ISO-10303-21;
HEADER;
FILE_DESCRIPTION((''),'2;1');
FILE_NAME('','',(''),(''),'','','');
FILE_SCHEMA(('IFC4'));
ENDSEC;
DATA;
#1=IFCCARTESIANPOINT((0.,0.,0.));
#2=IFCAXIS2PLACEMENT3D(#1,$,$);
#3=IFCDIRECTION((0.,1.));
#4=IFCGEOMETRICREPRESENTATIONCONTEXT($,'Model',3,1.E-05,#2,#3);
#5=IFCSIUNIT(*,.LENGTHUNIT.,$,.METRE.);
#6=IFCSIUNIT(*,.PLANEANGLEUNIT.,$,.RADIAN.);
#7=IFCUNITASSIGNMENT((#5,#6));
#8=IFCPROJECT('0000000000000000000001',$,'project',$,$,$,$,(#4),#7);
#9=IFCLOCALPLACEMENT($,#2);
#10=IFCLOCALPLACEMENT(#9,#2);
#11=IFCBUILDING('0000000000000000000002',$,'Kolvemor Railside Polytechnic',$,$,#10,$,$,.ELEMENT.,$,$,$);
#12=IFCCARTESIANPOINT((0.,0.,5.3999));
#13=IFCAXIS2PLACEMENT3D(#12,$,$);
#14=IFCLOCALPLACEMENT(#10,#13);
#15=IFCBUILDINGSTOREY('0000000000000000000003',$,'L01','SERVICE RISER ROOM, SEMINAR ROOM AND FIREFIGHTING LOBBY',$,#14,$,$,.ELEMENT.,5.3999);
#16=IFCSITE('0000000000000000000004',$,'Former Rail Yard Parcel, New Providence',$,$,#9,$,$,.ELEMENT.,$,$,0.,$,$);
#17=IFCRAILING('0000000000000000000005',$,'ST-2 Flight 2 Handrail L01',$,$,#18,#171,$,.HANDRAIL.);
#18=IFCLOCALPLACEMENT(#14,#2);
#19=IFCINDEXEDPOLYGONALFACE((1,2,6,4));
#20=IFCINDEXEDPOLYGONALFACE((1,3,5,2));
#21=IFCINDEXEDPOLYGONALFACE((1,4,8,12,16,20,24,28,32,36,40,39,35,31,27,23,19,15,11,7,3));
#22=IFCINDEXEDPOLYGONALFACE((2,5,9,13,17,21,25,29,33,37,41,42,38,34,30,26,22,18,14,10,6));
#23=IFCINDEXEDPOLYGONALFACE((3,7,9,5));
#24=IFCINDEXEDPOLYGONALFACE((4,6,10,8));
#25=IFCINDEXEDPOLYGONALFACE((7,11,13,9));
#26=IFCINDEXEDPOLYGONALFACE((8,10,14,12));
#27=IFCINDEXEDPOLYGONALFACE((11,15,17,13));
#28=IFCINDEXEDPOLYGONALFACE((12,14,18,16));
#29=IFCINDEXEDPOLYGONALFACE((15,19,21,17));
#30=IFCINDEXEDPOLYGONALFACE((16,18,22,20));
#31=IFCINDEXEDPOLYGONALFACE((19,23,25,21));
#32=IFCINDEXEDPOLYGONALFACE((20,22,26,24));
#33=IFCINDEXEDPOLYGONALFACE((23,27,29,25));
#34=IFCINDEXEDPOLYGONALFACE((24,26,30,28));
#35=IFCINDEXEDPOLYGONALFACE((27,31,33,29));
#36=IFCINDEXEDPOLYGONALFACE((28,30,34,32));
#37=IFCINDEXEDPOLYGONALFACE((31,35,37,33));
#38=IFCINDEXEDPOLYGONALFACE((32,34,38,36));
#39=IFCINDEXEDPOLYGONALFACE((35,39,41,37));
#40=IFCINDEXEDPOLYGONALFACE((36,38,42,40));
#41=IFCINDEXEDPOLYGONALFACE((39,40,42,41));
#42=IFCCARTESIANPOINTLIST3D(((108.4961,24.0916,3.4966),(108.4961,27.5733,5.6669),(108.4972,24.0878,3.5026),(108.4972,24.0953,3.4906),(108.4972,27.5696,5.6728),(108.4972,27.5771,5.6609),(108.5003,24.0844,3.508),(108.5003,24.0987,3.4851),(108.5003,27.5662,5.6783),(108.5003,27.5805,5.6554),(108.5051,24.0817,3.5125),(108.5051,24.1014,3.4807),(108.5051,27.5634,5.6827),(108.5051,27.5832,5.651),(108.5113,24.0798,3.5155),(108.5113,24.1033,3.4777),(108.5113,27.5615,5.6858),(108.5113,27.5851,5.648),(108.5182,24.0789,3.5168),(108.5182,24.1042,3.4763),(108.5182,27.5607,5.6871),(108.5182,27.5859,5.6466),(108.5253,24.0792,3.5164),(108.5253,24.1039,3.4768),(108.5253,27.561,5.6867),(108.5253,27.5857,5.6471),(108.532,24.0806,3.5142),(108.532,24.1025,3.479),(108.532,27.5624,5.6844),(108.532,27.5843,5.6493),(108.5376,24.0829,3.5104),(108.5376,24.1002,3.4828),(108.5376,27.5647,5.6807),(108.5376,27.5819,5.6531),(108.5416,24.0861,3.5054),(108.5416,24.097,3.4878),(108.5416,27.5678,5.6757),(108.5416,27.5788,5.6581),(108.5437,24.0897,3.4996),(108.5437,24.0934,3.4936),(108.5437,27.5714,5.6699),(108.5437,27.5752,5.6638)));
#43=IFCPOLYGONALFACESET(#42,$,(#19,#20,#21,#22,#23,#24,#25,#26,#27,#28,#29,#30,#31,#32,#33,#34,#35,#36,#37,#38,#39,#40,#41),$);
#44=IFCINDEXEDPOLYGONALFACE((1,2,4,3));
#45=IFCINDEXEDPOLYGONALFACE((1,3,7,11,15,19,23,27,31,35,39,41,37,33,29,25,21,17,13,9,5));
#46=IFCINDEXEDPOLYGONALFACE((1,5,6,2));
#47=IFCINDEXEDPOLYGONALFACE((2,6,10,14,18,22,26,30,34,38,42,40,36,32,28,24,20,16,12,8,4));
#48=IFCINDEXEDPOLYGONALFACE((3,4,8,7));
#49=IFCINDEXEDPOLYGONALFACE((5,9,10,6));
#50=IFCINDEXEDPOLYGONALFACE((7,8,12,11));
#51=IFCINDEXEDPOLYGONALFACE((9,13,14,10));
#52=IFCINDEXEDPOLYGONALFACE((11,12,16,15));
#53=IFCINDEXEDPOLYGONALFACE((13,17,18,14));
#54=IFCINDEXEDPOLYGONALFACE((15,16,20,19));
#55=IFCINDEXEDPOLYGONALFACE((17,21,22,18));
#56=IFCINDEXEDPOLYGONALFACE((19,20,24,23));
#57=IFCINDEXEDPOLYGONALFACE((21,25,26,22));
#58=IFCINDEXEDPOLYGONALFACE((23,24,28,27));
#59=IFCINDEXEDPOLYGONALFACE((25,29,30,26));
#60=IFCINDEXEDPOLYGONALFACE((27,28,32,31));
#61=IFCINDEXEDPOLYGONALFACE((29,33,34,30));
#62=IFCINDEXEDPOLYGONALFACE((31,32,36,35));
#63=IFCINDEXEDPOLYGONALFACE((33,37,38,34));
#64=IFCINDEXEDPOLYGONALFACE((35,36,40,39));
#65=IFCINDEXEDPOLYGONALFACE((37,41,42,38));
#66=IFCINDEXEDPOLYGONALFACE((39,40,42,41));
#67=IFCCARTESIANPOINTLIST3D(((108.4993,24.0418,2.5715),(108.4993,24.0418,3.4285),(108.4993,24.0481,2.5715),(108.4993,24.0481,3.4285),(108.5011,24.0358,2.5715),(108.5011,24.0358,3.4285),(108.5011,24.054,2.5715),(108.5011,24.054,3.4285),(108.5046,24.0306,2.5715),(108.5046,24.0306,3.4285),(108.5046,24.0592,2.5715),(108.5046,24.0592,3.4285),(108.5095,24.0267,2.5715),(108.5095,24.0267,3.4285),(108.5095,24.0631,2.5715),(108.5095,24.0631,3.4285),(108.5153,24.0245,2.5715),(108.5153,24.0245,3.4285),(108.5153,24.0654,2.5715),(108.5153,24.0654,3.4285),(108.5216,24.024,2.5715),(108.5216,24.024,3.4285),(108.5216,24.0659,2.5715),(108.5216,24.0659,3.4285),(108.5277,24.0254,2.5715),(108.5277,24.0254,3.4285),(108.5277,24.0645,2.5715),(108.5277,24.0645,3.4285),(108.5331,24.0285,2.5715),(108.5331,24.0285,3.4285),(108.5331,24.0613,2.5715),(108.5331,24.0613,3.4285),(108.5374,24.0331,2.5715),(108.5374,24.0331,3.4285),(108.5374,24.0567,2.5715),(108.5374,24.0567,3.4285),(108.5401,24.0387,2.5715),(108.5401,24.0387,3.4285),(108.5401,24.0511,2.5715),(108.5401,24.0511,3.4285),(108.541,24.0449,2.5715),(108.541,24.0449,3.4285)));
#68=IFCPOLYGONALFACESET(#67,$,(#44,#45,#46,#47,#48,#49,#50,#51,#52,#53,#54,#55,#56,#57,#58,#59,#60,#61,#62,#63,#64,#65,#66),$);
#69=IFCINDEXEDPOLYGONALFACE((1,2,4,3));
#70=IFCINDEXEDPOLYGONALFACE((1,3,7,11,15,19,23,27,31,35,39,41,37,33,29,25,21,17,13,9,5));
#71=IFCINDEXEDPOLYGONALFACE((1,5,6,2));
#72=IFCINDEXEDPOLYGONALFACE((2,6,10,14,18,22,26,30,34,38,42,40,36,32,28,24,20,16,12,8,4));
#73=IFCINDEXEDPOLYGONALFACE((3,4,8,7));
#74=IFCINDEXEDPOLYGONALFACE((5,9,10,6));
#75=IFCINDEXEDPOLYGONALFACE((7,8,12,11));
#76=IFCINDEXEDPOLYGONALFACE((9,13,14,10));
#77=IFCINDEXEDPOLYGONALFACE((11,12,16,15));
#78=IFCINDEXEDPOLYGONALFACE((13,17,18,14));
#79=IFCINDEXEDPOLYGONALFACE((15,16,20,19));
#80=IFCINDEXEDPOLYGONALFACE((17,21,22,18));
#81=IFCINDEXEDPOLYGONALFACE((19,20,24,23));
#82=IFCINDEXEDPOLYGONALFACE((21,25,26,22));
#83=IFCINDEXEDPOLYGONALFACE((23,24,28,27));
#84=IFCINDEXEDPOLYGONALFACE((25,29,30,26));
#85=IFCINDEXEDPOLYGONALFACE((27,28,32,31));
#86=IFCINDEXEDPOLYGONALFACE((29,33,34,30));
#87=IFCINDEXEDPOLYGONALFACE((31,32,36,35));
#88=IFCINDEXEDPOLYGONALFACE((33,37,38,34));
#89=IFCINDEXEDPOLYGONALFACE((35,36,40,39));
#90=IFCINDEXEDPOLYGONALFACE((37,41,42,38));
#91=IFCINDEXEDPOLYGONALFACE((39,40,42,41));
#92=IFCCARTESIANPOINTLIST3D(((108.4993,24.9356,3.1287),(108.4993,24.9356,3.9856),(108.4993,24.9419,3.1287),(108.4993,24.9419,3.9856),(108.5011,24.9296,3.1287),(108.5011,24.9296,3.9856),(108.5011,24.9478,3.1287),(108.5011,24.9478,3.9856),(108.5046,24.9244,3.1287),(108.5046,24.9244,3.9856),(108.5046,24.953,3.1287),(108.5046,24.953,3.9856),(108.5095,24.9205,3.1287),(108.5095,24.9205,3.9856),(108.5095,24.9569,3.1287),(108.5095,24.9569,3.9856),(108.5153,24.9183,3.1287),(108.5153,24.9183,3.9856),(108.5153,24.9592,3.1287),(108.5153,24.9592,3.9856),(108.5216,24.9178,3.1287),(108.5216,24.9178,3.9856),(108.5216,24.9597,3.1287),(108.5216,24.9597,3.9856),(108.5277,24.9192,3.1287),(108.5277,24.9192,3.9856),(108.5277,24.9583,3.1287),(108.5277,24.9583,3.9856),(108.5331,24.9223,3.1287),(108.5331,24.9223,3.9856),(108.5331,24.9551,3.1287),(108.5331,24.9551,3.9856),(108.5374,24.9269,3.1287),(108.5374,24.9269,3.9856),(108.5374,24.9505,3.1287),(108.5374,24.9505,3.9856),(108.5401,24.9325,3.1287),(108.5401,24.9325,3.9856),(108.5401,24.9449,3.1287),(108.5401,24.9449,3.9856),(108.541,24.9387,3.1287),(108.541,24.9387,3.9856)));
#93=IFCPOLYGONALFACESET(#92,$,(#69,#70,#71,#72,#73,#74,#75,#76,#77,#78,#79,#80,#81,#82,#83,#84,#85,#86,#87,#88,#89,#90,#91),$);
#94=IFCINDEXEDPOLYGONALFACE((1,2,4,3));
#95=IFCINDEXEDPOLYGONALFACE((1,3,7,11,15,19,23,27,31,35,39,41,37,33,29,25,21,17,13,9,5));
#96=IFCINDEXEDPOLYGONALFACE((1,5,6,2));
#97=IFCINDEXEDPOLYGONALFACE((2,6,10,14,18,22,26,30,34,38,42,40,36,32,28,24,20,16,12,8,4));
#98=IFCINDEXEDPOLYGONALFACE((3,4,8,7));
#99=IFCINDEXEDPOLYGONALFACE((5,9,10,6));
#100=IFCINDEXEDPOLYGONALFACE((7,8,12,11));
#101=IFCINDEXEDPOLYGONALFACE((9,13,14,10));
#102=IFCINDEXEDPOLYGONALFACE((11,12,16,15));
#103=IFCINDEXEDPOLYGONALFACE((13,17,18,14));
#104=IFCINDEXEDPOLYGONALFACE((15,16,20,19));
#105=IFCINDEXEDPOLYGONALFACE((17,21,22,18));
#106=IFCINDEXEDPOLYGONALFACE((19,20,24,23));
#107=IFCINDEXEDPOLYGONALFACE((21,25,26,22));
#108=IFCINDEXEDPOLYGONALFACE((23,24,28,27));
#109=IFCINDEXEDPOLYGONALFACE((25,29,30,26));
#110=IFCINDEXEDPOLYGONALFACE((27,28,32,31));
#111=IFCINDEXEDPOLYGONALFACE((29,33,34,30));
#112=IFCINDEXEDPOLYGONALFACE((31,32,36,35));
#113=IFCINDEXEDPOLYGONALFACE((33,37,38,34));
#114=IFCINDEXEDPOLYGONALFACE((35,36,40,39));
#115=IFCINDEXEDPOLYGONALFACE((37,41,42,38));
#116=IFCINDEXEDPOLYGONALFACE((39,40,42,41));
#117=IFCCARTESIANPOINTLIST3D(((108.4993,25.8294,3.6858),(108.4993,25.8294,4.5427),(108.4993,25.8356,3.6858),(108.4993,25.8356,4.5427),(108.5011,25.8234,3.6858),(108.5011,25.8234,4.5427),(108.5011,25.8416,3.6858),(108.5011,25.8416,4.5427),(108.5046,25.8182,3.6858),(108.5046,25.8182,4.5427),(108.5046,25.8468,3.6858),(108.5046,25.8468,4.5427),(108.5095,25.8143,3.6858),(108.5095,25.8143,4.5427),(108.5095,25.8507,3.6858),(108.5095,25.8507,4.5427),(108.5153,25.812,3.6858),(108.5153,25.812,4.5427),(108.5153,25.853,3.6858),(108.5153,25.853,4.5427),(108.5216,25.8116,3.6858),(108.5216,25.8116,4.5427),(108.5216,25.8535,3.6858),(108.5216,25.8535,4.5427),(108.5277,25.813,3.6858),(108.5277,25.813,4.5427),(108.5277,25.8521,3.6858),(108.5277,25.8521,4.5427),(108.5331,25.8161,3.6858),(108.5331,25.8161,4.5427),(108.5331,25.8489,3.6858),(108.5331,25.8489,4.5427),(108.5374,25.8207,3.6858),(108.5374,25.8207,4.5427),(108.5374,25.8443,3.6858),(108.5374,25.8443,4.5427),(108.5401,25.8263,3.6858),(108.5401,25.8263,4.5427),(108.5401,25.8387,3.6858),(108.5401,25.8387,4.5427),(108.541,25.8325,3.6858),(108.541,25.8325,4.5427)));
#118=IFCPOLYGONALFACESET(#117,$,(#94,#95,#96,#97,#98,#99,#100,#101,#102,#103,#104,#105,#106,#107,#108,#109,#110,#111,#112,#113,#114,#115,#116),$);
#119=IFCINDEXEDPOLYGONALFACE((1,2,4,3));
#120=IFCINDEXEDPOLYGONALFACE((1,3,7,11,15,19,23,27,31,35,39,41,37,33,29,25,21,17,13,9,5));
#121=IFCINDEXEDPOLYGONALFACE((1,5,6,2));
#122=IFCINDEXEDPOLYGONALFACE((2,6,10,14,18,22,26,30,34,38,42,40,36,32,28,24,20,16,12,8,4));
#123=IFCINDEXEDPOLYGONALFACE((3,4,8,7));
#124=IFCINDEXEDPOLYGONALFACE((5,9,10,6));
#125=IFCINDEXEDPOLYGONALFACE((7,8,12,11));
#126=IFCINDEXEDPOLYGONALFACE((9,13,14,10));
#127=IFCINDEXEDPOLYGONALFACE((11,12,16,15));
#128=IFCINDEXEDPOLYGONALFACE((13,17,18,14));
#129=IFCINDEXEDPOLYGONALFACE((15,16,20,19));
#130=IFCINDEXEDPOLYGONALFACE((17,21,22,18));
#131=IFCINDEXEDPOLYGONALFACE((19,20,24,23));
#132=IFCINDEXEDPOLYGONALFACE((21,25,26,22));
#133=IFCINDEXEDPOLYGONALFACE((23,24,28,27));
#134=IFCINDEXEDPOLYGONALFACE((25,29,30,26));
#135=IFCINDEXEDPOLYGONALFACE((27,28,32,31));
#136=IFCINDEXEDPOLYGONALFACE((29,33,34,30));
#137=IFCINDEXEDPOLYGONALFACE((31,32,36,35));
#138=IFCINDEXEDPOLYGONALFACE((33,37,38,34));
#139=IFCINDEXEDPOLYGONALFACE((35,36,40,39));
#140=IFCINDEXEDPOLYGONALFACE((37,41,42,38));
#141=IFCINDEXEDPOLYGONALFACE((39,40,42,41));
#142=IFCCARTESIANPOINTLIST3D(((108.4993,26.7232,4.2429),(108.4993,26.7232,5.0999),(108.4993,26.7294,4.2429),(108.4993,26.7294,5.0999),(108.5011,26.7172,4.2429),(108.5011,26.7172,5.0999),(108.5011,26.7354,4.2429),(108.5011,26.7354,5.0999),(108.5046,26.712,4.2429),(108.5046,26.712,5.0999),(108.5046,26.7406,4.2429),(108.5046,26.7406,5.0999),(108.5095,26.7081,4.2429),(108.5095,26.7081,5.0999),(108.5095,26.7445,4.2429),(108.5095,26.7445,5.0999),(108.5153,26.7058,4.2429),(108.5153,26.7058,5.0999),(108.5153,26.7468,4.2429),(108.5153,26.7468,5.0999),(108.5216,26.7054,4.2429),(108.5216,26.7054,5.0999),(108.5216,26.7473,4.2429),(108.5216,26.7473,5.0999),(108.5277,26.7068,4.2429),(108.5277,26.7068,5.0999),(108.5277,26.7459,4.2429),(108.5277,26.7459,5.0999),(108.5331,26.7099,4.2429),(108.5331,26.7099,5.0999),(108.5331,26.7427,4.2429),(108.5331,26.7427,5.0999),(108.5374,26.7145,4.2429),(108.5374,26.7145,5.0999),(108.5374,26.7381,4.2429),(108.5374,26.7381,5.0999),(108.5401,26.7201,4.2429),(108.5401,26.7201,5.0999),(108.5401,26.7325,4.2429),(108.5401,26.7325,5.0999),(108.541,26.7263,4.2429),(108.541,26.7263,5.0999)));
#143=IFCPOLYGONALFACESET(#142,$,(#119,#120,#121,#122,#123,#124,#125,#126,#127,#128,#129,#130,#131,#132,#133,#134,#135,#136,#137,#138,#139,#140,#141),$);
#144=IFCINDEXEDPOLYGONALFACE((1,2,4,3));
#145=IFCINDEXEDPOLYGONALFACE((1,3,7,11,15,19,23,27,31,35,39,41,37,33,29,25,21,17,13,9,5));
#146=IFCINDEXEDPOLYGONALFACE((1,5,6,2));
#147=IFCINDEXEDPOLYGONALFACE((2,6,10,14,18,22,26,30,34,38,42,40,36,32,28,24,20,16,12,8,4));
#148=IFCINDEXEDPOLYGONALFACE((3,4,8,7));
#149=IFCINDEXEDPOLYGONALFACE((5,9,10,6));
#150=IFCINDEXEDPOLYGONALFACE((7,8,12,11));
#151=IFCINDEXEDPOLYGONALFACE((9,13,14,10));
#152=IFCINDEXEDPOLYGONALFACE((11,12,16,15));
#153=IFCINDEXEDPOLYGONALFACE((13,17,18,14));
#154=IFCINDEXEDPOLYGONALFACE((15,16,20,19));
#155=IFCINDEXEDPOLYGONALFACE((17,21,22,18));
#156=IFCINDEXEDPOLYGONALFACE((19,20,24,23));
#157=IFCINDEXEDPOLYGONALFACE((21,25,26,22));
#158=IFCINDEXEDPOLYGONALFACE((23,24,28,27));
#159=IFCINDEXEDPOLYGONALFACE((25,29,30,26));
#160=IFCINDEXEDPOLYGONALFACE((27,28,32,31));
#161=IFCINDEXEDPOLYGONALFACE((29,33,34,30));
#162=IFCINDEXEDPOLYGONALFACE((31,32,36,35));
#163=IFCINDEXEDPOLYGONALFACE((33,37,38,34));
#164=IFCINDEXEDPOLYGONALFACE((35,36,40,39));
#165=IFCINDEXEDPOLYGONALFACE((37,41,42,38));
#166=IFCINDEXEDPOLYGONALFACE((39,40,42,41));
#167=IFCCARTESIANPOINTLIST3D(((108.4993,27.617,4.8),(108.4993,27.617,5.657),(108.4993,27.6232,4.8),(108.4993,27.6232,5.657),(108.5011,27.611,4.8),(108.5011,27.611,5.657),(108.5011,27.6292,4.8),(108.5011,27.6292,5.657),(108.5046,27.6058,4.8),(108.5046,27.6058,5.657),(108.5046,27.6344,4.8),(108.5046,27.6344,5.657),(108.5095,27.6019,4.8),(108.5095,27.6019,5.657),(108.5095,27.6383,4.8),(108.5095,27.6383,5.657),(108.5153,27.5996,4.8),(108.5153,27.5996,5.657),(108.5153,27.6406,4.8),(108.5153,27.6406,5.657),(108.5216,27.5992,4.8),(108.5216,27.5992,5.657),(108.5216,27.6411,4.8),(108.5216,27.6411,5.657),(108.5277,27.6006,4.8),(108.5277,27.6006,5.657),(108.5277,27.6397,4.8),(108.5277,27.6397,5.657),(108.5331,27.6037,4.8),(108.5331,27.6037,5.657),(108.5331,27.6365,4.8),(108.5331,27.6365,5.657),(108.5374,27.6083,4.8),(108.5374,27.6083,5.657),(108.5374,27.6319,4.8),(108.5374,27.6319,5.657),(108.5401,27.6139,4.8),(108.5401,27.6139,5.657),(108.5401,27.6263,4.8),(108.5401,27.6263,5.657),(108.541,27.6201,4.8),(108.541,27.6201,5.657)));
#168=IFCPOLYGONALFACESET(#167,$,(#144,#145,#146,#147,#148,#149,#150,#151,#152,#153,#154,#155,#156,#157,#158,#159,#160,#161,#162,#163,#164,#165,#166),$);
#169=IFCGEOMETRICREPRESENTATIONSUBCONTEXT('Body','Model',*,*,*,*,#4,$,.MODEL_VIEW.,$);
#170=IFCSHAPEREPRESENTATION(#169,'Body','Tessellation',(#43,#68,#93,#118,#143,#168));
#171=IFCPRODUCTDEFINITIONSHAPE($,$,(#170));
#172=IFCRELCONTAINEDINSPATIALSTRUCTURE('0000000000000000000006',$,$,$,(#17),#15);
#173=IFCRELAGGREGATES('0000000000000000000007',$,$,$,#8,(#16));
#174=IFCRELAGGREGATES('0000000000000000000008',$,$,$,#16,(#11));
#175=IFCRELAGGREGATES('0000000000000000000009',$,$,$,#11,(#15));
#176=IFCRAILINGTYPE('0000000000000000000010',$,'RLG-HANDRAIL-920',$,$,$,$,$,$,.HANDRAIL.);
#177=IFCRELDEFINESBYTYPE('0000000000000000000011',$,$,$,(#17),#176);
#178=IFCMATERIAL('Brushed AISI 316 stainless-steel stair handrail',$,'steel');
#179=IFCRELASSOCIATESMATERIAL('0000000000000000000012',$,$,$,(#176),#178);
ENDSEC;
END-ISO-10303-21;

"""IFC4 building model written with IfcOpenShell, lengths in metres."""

from ifc_helpers import new_model, si_unit, direction, frame, origin, origin_2d, place, context, subcontext, project, spatial, circle, extrude, material, type_object, element, save


model = new_model("IFC4")

# Units and contexts
model_context = context("Model", 3, precision=1e-05, world=origin(), true_north=direction((0.0, 1.0)))
body_context = subcontext(model_context, "Body", "Model", "MODEL_VIEW")
ifc_project = project(units=[si_unit("LENGTHUNIT", "METRE"), si_unit("PLANEANGLEUNIT", "RADIAN")], contexts=[model_context])

# Site, building, storey
site_placement = place(None, origin())
site = spatial("IfcSite", under=ifc_project, at=site_placement, Name="Former Rail Yard Parcel, New Providence", CompositionType="ELEMENT", RefElevation=0.0)
building_placement = place(site_placement, origin())
building = spatial("IfcBuilding", under=site, at=building_placement, Name="Kolvemor Railside Polytechnic", CompositionType="ELEMENT")
storey_placement = place(building_placement, frame((0.0, 0.0, 5.3999)))
storey = spatial("IfcBuildingStorey", under=building, at=storey_placement, Name="L01", Description="SERVICE RISER ROOM, SEMINAR ROOM AND FIREFIGHTING LOBBY", CompositionType="ELEMENT", Elevation=5.3999)

# Railing
ifc_material_1 = material(Name="Brushed AISI 316 stainless-steel stair handrail", Category="steel")
railing_type_1 = type_object("IfcRailingType", Name="RLG-HANDRAIL-920", PredefinedType="HANDRAIL", material=ifc_material_1)
railing_1_placement = place(storey_placement, frame((108.52, 24.0449, 2.5715)))
element("IfcRailing", 1, at=railing_1_placement, inside=storey, type_object=railing_type_1, Name="ST-2 Flight 2 Handrail L01", PredefinedType="HANDRAIL", context=body_context, shape_type="SweptSolid", body=[
    extrude(circle(Radius=0.0239, at=origin_2d()), frame((0.0, 0.0466, 0.925), z_axis=(0.0, 0.848636, 0.528978), x_axis=(-1.0, 0.0, 0.0)), (0.0, 0.0, 1.0), 4.1028),
    extrude(circle(Radius=0.021, at=origin_2d()), origin(), (0.0, 0.0, 1.0), 0.8569),
    extrude(circle(Radius=0.021, at=origin_2d()), frame((0.0, 0.8938, 0.5571)), (0.0, 0.0, 1.0), 0.8569),
    extrude(circle(Radius=0.021, at=origin_2d()), frame((0.0, 1.7876, 1.1143)), (0.0, 0.0, 1.0), 0.8569),
    extrude(circle(Radius=0.021, at=origin_2d()), frame((0.0, 2.6814, 1.6714)), (0.0, 0.0, 1.0), 0.8569),
    extrude(circle(Radius=0.021, at=origin_2d()), frame((0.0, 3.5752, 2.2285)), (0.0, 0.0, 1.0), 0.8569),
])

save(model, "model.ifc")
